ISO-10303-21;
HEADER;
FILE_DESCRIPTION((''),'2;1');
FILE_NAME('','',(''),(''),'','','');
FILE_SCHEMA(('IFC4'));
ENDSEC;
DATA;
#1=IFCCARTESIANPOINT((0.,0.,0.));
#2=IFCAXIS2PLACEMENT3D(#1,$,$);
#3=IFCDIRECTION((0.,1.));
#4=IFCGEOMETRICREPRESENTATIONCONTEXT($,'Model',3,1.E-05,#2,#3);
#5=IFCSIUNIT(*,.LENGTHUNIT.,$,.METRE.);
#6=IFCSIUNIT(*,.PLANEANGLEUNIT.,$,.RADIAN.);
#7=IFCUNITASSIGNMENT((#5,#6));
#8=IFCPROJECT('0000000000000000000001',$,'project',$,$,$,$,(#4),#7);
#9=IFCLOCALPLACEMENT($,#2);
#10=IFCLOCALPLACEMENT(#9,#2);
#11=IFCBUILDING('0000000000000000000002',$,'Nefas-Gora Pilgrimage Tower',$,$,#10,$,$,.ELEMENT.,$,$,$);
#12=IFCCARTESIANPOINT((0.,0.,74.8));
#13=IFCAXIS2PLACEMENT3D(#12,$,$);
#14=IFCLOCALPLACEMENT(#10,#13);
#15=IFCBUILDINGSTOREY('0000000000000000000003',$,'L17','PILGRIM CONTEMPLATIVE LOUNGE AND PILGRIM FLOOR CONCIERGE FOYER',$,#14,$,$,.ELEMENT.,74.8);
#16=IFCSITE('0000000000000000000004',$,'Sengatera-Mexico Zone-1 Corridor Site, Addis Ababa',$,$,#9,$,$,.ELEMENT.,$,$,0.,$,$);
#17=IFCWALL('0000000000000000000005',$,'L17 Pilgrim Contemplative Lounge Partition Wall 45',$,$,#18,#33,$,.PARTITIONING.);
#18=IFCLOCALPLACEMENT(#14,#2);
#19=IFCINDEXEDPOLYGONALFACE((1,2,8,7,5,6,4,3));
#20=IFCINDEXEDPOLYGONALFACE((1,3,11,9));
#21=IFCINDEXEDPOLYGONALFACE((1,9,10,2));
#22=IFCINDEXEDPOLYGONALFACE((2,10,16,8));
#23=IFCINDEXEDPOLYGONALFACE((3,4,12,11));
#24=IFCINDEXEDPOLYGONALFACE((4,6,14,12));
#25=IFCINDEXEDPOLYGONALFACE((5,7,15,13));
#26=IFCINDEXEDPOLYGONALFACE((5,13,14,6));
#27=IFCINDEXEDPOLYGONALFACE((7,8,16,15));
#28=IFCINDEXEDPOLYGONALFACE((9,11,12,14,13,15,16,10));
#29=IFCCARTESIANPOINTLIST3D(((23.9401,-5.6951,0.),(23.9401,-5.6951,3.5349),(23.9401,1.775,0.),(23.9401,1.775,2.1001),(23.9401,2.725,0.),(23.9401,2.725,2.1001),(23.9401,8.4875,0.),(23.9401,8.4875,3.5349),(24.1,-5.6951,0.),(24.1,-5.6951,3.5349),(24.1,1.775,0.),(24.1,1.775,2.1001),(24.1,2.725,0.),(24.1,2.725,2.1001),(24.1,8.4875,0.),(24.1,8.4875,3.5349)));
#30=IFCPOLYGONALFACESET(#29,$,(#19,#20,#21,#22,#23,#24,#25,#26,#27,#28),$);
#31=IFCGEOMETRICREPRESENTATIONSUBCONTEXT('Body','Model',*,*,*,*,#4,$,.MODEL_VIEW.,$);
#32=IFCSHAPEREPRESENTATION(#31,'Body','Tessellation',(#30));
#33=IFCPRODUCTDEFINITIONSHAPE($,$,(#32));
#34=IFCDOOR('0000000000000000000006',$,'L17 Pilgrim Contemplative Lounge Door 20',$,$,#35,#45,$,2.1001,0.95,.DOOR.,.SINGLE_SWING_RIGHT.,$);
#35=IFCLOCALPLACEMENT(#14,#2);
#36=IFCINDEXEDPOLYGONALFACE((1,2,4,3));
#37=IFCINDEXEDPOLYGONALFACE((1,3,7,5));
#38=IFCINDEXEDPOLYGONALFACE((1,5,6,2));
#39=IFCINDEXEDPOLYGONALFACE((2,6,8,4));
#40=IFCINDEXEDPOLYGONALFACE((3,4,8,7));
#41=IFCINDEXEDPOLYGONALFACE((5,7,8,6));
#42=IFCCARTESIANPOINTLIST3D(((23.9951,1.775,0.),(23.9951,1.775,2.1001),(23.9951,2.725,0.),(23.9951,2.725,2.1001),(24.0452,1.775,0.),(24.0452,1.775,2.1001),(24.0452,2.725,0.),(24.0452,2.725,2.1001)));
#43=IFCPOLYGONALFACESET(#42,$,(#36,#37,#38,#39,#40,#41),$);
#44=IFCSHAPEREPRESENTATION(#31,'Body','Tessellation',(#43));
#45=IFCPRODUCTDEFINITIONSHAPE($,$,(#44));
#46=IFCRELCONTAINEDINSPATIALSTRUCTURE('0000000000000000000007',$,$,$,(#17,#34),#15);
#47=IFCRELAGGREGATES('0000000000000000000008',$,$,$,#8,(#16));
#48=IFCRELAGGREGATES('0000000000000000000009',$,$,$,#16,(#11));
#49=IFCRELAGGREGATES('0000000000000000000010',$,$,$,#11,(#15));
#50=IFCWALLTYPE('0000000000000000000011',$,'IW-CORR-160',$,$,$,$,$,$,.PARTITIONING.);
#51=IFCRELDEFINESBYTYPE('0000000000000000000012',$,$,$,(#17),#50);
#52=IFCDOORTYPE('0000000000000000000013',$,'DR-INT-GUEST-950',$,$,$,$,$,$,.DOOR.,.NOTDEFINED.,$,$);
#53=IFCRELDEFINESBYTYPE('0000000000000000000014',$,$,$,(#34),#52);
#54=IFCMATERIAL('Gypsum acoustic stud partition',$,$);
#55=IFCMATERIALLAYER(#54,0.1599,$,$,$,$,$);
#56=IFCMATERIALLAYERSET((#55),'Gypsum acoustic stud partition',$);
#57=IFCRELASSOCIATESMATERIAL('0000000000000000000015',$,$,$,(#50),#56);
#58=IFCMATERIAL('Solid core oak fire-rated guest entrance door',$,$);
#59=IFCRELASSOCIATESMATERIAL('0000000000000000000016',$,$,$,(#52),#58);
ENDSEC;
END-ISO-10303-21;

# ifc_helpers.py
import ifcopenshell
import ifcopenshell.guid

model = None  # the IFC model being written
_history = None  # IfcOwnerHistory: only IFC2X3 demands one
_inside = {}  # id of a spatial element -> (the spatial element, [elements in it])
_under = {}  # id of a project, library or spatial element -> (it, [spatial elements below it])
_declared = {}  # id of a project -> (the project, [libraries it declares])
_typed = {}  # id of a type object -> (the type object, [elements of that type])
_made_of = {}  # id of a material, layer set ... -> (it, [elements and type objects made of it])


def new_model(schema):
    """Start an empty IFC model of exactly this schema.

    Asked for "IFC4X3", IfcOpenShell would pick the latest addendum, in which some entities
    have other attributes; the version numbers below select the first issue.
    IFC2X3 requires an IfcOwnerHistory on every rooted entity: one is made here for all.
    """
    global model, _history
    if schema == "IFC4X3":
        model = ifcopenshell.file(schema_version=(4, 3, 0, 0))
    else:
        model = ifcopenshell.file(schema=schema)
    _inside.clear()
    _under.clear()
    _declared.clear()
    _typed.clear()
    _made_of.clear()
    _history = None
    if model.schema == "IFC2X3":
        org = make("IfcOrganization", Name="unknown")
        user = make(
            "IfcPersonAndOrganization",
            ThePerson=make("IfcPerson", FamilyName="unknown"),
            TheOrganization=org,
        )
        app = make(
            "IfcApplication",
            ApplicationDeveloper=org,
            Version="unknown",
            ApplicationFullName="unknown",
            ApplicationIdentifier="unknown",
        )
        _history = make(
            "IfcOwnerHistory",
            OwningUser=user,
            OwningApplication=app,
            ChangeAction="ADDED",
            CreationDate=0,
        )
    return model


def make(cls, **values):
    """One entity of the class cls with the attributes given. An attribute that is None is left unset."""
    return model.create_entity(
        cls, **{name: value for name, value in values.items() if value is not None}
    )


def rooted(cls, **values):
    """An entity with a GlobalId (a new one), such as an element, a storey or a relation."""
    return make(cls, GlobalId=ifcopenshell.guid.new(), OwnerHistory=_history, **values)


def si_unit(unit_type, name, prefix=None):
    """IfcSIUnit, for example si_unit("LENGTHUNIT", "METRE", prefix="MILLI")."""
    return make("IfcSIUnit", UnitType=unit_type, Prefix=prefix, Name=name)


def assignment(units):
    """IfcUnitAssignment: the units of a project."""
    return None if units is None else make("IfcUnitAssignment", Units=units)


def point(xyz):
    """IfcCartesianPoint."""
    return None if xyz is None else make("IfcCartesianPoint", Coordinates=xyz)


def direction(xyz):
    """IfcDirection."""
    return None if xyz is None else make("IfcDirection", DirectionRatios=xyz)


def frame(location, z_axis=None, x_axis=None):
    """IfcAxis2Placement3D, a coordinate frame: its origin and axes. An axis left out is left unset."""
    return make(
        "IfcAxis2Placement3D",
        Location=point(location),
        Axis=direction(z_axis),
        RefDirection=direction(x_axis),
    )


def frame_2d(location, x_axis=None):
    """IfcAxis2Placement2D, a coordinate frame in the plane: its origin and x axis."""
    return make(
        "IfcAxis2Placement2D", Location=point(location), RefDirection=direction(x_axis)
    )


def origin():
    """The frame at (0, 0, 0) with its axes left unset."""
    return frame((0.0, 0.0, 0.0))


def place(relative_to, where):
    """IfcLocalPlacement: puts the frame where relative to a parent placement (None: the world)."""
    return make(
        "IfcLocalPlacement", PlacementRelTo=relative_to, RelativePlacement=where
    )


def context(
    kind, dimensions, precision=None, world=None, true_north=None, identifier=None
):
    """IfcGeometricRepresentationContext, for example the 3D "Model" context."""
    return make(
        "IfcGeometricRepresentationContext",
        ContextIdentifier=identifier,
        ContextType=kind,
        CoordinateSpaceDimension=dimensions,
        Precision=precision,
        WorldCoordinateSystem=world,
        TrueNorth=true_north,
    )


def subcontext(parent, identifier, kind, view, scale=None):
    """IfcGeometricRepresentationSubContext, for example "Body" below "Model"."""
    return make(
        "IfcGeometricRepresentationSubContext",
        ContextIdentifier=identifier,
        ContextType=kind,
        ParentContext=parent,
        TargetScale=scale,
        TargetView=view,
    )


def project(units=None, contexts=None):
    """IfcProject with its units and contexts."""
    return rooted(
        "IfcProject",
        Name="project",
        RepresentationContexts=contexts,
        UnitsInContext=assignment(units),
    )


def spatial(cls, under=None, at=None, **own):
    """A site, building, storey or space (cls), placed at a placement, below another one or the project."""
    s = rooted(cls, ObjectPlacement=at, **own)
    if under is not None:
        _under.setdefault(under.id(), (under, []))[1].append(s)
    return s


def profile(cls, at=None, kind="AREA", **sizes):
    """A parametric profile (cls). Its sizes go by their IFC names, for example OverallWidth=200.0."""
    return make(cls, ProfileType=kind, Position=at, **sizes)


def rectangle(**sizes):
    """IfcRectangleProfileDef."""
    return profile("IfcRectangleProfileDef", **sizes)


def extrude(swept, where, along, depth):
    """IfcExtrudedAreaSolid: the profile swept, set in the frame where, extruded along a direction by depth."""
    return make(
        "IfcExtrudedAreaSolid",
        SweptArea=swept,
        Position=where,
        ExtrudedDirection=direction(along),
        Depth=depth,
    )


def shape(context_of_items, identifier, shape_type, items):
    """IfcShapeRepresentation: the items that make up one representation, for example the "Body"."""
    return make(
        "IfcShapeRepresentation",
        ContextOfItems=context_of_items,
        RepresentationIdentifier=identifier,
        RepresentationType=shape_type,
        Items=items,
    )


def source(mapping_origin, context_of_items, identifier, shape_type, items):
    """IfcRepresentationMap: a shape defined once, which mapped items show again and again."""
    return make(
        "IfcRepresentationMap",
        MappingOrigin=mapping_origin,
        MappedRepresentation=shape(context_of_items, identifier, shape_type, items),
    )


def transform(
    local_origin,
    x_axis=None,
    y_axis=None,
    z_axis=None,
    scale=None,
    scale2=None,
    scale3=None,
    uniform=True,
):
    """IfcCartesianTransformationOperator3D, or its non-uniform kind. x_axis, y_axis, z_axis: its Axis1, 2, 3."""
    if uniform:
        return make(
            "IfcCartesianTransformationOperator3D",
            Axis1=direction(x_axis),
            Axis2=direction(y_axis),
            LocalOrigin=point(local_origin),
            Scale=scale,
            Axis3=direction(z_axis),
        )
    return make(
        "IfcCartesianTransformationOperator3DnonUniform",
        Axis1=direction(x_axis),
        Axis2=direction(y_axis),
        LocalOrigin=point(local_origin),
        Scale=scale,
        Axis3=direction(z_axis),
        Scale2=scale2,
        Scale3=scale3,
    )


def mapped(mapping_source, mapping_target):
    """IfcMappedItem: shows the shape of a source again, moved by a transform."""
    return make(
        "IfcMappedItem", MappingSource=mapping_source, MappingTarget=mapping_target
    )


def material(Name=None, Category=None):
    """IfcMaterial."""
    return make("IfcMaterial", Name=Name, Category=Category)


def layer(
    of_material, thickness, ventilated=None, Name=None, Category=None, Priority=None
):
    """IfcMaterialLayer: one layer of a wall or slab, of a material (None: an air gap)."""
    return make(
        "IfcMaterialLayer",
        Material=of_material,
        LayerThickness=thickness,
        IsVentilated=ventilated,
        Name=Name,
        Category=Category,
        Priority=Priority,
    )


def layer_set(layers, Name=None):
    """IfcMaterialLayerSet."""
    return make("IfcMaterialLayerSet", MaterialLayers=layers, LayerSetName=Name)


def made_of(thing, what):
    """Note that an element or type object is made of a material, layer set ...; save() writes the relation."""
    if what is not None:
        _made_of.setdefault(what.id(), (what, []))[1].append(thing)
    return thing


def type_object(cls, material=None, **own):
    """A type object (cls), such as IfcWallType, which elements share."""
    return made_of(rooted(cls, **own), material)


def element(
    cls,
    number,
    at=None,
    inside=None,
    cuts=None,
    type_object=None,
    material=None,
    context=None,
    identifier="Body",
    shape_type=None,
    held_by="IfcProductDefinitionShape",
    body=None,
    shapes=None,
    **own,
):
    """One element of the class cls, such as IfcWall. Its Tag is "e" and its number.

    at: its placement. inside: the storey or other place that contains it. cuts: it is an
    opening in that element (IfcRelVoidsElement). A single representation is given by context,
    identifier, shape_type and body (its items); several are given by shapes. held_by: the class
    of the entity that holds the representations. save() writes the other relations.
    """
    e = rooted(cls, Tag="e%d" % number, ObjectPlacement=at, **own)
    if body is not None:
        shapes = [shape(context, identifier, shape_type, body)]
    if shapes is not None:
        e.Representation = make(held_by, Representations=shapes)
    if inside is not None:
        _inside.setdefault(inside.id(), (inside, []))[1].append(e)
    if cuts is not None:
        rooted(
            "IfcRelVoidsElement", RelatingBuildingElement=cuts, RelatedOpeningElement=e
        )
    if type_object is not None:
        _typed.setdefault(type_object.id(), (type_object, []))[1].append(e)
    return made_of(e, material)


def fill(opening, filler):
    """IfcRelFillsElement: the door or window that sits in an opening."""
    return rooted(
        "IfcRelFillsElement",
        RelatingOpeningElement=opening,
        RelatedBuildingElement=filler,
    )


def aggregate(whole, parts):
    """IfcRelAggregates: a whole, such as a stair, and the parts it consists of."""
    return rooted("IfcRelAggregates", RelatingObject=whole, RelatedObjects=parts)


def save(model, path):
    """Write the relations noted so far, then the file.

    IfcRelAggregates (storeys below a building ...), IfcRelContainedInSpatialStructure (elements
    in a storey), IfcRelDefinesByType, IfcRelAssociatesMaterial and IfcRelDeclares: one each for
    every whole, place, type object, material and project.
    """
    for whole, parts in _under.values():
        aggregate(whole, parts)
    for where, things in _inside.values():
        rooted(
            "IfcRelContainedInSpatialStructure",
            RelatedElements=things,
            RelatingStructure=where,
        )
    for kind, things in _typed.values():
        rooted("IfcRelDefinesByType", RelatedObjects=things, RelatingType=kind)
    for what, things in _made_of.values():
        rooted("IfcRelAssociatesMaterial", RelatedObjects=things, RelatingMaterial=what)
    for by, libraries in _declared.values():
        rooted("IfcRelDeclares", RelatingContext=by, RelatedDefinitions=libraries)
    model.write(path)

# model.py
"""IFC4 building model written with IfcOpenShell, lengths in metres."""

from ifc_helpers import new_model, si_unit, direction, frame, frame_2d, origin, place, context, subcontext, project, spatial, rectangle, extrude, source, transform, mapped, material, layer, layer_set, type_object, element, fill, save


model = new_model("IFC4")

# Units and contexts
model_context = context("Model", 3, precision=1e-05, world=origin(), true_north=direction((0.0, 1.0)))
body_context = subcontext(model_context, "Body", "Model", "MODEL_VIEW")
ifc_project = project(units=[si_unit("LENGTHUNIT", "METRE"), si_unit("PLANEANGLEUNIT", "RADIAN")], contexts=[model_context])

# Site, building, storey
site_placement = place(None, origin())
site = spatial("IfcSite", under=ifc_project, at=site_placement, Name="Sengatera-Mexico Zone-1 Corridor Site, Addis Ababa", CompositionType="ELEMENT", RefElevation=0.0)
building_placement = place(site_placement, origin())
building = spatial("IfcBuilding", under=site, at=building_placement, Name="Nefas-Gora Pilgrimage Tower", CompositionType="ELEMENT")
storey_placement = place(building_placement, frame((0.0, 0.0, 74.8)))
storey = spatial("IfcBuildingStorey", under=building, at=storey_placement, Name="L17", Description="PILGRIM CONTEMPLATIVE LOUNGE AND PILGRIM FLOOR CONCIERGE FOYER", CompositionType="ELEMENT", Elevation=74.8)

# Wall, opening, door
ifc_material_1 = material(Name="Gypsum acoustic stud partition")
ifc_layer_1 = layer(ifc_material_1, 0.1599)
ifc_layer_set_1 = layer_set([ifc_layer_1], Name="Gypsum acoustic stud partition")
wall_type_1 = type_object("IfcWallType", Name="IW-CORR-160", PredefinedType="PARTITIONING", material=ifc_layer_set_1)
shared_shape_1 = source(origin(), body_context, "Body", "SweptSolid", [
    extrude(rectangle(XDim=14.1826, YDim=0.1599, at=frame_2d((7.0913, 0.0))), origin(), (0.0, 0.0, 1.0), 3.5349),
])
wall_1_placement = place(storey_placement, frame((24.02, -5.6951, 0.0), z_axis=(0.0, 0.0, 1.0), x_axis=(0.0, 1.0, 0.0)))
wall_1 = element("IfcWall", 1, at=wall_1_placement, inside=storey, type_object=wall_type_1, Name="L17 Pilgrim Contemplative Lounge Partition Wall 45", PredefinedType="PARTITIONING", context=body_context, shape_type="MappedRepresentation", body=[
    mapped(shared_shape_1, transform((0.0, 0.0, 0.0), x_axis=(1.0, 0.0, 0.0), y_axis=(0.0, 1.0, 0.0), z_axis=(0.0, 0.0, 1.0), scale=1.0)),
])
opening_1_placement = place(wall_1_placement, frame((7.47, 0.0, 0.0)))
opening_1 = element("IfcOpeningElement", 2, at=opening_1_placement, cuts=wall_1, PredefinedType="OPENING", context=body_context, shape_type="SweptSolid", body=[
    extrude(rectangle(XDim=0.95, YDim=2.1001, at=frame_2d((0.4751, 1.05))), frame((0.0, 0.0898, 0.0), z_axis=(0.0, -1.0, 0.0), x_axis=(1.0, 0.0, 0.0)), (0.0, 0.0, 1.0), 0.1799),
])
ifc_material_2 = material(Name="Solid core oak fire-rated guest entrance door")
door_type = type_object("IfcDoorType", Name="DR-INT-GUEST-950", OperationType="NOTDEFINED", PredefinedType="DOOR", material=ifc_material_2)
shared_shape_2 = source(origin(), body_context, "Body", "SweptSolid", [
    extrude(rectangle(XDim=0.95, YDim=2.1001, at=frame_2d((0.4751, 1.05))), frame((0.0, 0.0249, 0.0), z_axis=(0.0, -1.0, 0.0), x_axis=(1.0, 0.0, 0.0)), (0.0, 0.0, 1.0), 0.05),
])
door_placement = place(opening_1_placement, origin())
door = element("IfcDoor", 3, at=door_placement, inside=storey, type_object=door_type, Name="L17 Pilgrim Contemplative Lounge Door 20", OperationType="SINGLE_SWING_RIGHT", OverallHeight=2.1001, OverallWidth=0.95, PredefinedType="DOOR", context=body_context, shape_type="MappedRepresentation", body=[
    mapped(shared_shape_2, transform((0.0, 0.0, 0.0), x_axis=(1.0, 0.0, 0.0), y_axis=(0.0, 1.0, 0.0), z_axis=(0.0, 0.0, 1.0), scale=1.0)),
])
fill(opening_1, door)

save(model, "model.ifc")
